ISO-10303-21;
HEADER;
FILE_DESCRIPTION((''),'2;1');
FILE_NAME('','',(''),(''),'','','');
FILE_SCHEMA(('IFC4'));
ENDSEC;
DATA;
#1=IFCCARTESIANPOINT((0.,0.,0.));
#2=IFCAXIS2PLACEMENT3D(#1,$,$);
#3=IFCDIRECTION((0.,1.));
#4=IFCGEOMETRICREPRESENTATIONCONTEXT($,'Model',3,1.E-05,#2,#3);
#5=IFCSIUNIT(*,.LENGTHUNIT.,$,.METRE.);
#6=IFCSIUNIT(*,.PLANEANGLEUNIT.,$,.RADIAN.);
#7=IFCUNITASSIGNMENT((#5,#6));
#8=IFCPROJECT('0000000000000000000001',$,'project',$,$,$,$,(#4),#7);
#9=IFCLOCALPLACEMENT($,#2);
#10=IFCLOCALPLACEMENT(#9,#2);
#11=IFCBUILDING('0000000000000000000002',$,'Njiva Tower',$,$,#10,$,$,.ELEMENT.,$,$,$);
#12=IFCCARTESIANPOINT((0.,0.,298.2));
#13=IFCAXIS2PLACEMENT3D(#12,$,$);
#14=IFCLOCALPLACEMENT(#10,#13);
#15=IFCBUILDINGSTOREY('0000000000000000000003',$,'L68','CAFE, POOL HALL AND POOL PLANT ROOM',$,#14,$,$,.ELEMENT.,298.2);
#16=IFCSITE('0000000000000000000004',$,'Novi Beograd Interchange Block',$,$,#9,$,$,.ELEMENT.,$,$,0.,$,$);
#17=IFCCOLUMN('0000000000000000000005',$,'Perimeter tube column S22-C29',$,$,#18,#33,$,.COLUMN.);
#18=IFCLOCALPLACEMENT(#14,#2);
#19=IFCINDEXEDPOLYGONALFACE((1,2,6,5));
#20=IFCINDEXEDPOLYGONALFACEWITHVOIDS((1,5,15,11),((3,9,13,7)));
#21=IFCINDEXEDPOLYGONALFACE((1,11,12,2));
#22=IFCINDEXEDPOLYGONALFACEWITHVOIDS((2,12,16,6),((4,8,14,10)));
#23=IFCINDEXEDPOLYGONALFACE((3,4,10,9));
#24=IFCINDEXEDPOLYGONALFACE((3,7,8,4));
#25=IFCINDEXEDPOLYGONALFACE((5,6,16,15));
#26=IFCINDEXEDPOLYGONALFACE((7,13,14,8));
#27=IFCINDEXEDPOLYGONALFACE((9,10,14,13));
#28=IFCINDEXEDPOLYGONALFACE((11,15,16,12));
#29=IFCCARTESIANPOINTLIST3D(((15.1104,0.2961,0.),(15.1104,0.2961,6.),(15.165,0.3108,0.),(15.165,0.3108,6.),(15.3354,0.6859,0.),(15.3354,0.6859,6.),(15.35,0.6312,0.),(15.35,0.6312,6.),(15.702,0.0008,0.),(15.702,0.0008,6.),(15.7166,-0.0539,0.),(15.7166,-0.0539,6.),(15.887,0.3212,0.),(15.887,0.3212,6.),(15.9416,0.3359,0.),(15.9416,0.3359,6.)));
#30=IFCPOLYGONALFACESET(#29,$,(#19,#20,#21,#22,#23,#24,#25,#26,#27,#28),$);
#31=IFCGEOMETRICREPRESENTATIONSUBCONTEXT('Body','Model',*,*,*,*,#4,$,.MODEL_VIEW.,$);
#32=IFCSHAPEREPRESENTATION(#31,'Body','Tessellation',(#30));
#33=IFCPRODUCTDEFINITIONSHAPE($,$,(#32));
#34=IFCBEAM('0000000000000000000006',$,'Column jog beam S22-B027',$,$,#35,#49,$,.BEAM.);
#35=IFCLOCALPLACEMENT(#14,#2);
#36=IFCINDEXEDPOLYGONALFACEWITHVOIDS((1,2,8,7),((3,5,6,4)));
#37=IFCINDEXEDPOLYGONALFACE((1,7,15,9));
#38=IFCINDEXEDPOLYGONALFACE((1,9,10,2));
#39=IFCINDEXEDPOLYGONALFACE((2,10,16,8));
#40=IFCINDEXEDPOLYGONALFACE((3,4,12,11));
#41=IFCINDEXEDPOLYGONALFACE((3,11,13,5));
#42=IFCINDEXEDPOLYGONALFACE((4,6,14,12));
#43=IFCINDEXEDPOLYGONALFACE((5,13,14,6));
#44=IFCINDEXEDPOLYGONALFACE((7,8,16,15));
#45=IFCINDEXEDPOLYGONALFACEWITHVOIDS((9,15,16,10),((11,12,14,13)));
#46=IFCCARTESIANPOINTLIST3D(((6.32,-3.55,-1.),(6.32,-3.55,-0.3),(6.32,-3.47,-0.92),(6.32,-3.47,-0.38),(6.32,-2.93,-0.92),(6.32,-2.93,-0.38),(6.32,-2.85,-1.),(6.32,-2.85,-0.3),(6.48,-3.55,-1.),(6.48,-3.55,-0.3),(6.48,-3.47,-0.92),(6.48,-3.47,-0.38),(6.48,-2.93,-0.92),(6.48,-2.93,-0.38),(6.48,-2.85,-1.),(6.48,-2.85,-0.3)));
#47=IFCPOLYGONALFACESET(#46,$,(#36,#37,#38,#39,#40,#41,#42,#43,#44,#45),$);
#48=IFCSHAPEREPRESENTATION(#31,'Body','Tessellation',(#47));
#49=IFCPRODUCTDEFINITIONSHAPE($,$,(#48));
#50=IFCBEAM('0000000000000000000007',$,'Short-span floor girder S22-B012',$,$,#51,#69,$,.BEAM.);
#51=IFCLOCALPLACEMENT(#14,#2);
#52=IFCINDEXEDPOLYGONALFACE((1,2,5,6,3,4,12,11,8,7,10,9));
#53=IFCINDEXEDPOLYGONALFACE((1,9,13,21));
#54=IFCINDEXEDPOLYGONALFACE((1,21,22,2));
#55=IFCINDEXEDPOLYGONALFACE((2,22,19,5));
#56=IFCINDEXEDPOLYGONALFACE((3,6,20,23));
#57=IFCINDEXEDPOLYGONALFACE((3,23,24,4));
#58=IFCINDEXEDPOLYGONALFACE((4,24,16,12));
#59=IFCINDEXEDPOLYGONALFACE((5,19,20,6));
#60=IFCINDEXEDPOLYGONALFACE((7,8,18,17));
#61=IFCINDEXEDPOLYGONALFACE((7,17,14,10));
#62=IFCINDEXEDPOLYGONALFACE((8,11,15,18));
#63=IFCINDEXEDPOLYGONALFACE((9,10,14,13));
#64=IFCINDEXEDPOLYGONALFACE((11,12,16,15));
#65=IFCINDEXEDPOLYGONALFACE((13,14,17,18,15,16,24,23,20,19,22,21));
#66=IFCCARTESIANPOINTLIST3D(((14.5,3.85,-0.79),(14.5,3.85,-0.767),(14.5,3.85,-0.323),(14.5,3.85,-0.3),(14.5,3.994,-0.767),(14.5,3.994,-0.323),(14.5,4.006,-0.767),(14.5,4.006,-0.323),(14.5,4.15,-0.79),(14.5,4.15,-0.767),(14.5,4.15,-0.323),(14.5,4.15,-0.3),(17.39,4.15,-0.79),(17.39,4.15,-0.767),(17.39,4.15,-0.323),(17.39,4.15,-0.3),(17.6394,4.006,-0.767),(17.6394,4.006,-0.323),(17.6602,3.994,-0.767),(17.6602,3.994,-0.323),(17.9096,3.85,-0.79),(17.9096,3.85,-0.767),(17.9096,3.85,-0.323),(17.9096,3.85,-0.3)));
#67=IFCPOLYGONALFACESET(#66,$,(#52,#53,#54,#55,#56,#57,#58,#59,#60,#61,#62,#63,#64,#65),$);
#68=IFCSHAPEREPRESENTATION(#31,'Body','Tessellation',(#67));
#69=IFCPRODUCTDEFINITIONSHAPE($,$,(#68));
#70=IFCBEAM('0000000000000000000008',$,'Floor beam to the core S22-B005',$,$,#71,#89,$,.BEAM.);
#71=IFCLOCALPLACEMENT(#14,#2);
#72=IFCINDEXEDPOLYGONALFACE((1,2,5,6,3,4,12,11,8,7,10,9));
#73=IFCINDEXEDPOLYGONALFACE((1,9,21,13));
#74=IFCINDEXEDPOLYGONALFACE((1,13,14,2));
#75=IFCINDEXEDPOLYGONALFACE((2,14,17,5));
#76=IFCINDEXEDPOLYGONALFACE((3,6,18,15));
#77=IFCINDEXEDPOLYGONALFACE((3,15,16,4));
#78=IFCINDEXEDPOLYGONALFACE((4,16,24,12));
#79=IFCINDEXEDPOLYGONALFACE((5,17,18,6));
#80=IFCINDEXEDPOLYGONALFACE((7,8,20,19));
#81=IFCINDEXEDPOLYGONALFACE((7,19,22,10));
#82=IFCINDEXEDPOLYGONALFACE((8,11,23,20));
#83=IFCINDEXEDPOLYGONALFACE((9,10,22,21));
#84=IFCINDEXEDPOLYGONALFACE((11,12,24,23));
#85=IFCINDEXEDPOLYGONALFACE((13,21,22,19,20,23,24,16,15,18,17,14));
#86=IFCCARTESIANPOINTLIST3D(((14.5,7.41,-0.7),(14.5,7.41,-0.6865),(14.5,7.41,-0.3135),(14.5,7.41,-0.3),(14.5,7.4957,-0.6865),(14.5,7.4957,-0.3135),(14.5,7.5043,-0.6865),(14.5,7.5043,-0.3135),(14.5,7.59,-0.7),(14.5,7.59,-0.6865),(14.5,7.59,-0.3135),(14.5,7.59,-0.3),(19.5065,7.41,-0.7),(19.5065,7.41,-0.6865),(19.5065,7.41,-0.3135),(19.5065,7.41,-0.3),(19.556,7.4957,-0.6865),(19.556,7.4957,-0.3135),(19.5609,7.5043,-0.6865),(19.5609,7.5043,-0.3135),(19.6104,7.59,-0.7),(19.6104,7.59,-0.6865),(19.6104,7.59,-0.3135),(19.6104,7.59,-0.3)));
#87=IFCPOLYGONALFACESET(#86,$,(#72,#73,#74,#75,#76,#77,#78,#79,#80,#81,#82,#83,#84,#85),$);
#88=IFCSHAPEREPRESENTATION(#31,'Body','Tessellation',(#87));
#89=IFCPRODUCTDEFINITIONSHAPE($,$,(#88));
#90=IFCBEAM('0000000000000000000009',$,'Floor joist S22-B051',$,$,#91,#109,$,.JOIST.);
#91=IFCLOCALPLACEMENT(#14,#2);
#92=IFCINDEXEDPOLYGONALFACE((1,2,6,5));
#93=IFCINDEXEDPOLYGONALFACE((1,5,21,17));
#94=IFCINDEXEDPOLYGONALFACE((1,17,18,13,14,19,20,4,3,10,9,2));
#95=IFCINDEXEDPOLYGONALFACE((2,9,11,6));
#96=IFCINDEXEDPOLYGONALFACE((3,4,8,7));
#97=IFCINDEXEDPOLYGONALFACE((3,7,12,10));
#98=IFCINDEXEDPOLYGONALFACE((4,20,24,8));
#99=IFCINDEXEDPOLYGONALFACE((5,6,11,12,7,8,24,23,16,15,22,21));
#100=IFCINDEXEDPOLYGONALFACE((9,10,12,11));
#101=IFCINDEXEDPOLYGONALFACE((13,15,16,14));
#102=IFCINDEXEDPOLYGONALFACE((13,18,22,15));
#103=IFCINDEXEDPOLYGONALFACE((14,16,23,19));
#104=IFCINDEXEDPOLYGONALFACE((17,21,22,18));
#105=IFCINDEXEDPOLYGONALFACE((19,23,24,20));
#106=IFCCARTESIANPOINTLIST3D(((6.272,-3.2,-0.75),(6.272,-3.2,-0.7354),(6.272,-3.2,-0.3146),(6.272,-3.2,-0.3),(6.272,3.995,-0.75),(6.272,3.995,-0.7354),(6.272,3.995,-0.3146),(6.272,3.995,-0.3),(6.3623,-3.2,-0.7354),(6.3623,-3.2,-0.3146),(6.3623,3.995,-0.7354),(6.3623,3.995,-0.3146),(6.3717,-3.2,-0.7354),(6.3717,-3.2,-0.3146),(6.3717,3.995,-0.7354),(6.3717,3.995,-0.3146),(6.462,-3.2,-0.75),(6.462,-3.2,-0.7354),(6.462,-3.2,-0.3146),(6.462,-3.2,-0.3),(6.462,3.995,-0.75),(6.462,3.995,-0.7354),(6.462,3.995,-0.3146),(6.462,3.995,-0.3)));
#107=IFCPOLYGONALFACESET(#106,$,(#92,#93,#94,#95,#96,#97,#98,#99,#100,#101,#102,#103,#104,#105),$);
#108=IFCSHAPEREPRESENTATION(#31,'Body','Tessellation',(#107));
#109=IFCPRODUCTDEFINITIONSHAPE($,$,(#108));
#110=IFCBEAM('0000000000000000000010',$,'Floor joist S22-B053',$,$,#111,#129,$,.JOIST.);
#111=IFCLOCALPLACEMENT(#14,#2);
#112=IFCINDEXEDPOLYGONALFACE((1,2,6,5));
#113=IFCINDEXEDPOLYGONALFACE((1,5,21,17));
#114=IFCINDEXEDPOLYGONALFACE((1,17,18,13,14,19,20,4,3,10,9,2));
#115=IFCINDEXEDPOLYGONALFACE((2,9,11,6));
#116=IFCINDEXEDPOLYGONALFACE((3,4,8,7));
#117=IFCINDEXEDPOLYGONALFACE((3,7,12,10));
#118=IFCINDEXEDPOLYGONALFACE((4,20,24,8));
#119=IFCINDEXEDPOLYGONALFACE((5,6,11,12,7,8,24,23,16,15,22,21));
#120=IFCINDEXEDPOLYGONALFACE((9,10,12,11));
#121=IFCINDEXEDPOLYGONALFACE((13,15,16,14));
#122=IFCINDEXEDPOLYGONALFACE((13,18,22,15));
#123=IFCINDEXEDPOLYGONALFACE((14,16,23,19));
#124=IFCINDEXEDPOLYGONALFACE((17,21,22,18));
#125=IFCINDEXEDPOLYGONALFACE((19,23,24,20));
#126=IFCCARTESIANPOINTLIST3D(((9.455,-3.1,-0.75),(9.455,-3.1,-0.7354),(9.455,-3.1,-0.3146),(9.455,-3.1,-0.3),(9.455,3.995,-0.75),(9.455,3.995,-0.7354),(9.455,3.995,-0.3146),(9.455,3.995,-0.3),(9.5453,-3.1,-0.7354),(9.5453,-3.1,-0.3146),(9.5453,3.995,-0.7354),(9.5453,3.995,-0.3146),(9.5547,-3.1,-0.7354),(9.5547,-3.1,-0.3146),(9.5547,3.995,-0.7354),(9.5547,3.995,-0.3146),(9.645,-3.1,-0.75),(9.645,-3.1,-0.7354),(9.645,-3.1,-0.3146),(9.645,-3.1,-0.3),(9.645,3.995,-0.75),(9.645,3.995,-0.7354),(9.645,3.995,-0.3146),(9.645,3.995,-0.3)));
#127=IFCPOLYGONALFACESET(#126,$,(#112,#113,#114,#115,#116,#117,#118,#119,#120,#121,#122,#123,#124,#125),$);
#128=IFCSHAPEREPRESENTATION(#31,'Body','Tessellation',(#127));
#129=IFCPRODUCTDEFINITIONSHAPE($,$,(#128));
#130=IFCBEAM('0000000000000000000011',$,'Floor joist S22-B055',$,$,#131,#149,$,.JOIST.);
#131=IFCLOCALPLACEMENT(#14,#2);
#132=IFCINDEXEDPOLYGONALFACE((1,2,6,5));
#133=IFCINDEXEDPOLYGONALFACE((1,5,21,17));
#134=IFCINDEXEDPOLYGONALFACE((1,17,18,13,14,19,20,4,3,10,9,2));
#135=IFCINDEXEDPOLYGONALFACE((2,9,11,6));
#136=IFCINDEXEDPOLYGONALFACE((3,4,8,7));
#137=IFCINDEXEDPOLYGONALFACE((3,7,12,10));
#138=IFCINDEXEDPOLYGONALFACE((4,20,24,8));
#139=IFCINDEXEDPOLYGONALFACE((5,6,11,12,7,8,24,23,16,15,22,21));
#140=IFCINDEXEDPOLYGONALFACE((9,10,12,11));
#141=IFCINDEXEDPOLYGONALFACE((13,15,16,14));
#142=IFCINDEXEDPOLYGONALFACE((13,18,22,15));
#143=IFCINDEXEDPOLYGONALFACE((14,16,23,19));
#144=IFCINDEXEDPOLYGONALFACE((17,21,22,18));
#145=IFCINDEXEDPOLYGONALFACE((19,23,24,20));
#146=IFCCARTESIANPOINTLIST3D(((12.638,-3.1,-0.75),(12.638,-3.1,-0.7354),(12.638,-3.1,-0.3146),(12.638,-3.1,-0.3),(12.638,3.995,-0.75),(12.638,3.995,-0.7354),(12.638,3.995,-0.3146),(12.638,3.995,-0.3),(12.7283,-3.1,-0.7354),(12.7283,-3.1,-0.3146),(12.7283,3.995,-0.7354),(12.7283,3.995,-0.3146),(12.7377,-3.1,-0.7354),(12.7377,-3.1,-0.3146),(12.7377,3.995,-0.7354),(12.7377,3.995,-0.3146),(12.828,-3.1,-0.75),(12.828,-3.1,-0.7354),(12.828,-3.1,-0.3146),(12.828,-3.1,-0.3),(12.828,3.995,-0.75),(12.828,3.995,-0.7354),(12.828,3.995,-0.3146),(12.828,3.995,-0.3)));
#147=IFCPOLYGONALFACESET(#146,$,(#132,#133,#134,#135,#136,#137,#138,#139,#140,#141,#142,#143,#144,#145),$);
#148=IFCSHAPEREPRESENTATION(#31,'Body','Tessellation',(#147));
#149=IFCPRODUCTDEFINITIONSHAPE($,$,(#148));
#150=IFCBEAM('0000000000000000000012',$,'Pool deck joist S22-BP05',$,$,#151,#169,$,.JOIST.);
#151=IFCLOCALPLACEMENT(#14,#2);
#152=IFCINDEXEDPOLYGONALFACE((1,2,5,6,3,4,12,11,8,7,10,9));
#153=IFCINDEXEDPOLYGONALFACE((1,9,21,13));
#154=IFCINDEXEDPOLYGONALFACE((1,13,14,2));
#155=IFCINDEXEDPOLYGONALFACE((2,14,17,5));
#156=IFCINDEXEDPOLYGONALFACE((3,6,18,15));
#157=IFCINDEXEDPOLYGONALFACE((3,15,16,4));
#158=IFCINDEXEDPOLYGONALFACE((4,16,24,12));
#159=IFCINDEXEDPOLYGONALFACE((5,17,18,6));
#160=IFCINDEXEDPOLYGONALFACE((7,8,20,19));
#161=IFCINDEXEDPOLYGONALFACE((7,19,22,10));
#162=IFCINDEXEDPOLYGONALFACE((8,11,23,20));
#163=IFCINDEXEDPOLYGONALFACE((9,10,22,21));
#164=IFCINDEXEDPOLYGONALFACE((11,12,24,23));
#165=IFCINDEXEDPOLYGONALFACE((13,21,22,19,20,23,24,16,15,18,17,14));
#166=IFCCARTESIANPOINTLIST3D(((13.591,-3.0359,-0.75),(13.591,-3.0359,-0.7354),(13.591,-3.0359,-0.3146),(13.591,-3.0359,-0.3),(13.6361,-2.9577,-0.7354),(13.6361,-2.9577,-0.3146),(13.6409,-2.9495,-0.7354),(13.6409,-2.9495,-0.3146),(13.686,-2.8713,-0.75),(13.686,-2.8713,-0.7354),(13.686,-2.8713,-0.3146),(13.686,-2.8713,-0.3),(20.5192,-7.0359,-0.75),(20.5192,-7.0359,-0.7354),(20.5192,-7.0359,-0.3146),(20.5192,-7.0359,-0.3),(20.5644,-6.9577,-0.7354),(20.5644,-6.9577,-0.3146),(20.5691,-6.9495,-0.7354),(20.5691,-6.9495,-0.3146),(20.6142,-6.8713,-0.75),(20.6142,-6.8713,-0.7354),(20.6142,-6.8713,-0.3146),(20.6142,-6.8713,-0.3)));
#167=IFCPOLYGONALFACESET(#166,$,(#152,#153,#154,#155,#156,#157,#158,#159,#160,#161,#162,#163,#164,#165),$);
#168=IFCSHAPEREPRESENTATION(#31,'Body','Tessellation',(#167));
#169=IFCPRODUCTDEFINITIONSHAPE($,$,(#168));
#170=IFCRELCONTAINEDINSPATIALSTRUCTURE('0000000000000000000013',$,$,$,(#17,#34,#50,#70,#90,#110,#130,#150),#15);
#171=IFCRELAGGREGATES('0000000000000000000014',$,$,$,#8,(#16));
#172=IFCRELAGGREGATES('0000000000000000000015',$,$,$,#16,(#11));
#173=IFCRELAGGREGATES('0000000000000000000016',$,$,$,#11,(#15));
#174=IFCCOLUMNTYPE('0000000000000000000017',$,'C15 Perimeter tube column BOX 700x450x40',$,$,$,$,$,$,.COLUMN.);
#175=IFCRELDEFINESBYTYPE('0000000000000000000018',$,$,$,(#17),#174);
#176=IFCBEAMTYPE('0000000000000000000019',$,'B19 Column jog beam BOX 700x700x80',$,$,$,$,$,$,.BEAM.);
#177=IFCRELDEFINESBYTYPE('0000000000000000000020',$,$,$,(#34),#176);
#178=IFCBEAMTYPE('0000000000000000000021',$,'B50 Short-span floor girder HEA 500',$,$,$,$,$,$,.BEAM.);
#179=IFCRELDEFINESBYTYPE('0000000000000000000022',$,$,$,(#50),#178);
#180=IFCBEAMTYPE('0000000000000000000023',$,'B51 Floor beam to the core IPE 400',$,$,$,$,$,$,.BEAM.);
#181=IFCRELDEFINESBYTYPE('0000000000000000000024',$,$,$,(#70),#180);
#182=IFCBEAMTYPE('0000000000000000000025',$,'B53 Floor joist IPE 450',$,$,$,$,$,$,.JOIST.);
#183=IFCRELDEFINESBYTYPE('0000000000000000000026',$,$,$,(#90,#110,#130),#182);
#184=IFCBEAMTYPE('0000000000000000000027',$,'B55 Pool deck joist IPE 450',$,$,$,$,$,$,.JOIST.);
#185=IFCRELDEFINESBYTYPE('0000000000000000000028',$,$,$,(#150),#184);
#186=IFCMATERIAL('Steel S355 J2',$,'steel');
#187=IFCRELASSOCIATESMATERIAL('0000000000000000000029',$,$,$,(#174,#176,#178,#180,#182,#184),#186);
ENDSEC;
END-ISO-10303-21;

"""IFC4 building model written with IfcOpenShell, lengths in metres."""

from ifc_helpers import new_model, si_unit, direction, frame, origin, origin_2d, place, context, subcontext, project, spatial, hollow_rectangle, i_section, extrude, clip, halfspace, material, material_profile, profile_set, type_object, element, save


model = new_model("IFC4")

# Units and contexts
model_context = context("Model", 3, precision=1e-05, world=origin(), true_north=direction((0.0, 1.0)))
body_context = subcontext(model_context, "Body", "Model", "MODEL_VIEW")
ifc_project = project(units=[si_unit("LENGTHUNIT", "METRE"), si_unit("PLANEANGLEUNIT", "RADIAN")], contexts=[model_context])

# Site, building, storey
site_placement = place(None, origin())
site = spatial("IfcSite", under=ifc_project, at=site_placement, Name="Novi Beograd Interchange Block", CompositionType="ELEMENT", RefElevation=0.0)
building_placement = place(site_placement, origin())
building = spatial("IfcBuilding", under=site, at=building_placement, Name="Njiva Tower", CompositionType="ELEMENT")
storey_placement = place(building_placement, frame((0.0, 0.0, 298.2)))
storey = spatial("IfcBuildingStorey", under=building, at=storey_placement, Name="L68", Description="CAFE, POOL HALL AND POOL PLANT ROOM", CompositionType="ELEMENT", Elevation=298.2)

# Column
ifc_material_1 = material(Name="Steel S355 J2", Category="steel")
ifc_material_profile_1 = material_profile(ifc_material_1, hollow_rectangle(XDim=0.45, YDim=0.7, WallThickness=0.04, at=origin_2d()), Name="BOX 700x450x40")
ifc_profile_set_1 = profile_set([ifc_material_profile_1], Name="Steel S355 J2")
column_type = type_object("IfcColumnType", Name="C15 Perimeter tube column BOX 700x450x40", PredefinedType="COLUMN", material=ifc_profile_set_1)
column_placement = place(storey_placement, frame((15.526, 0.316, 0.0), z_axis=(0.0, 0.0, 1.0), x_axis=(0.5, 0.866025, 0.0)))
element("IfcColumn", 1, at=column_placement, inside=storey, type_object=column_type, Name="Perimeter tube column S22-C29", PredefinedType="COLUMN", context=body_context, shape_type="SweptSolid", body=[
    extrude(hollow_rectangle(XDim=0.45, YDim=0.7, WallThickness=0.04, at=origin_2d()), origin(), (0.0, 0.0, 1.0), 6.0),
])

# Beams
ifc_material_profile_2 = material_profile(ifc_material_1, hollow_rectangle(XDim=0.7, YDim=0.7, WallThickness=0.08, at=origin_2d()), Name="BOX 700x700x80")
ifc_profile_set_2 = profile_set([ifc_material_profile_2], Name="Steel S355 J2")
beam_type_1 = type_object("IfcBeamType", Name="B19 Column jog beam BOX 700x700x80", PredefinedType="BEAM", material=ifc_profile_set_2)
beam_1_placement = place(storey_placement, frame((6.48, -3.2, -0.65), z_axis=(-1.0, 0.0, 0.0), x_axis=(0.0, -1.0, 0.0)))
element("IfcBeam", 2, at=beam_1_placement, inside=storey, type_object=beam_type_1, Name="Column jog beam S22-B027", PredefinedType="BEAM", context=body_context, shape_type="SweptSolid", body=[
    extrude(hollow_rectangle(XDim=0.7, YDim=0.7, WallThickness=0.08, at=origin_2d()), origin(), (0.0, 0.0, 1.0), 0.16),
])
ifc_material_profile_3 = material_profile(ifc_material_1, i_section(OverallWidth=0.3, OverallDepth=0.49, WebThickness=0.012, FlangeThickness=0.023, at=origin_2d()), Name="HEA 500")
ifc_profile_set_3 = profile_set([ifc_material_profile_3], Name="Steel S355 J2")
beam_type_2 = type_object("IfcBeamType", Name="B50 Short-span floor girder HEA 500", PredefinedType="BEAM", material=ifc_profile_set_3)
beam_2_placement = place(storey_placement, frame((14.5, 4.0, -0.545), z_axis=(1.0, 0.0, 0.0), x_axis=(0.0, 1.0, 0.0)))
element("IfcBeam", 3, at=beam_2_placement, inside=storey, type_object=beam_type_2, Name="Short-span floor girder S22-B012", PredefinedType="BEAM", context=body_context, shape_type="Clipping", body=[
    clip(extrude(i_section(OverallWidth=0.3, OverallDepth=0.49, WebThickness=0.012, FlangeThickness=0.023, at=origin_2d()), origin(), (0.0, 0.0, 1.0), 3.43), halfspace(frame((0.0433, 0.0, 3.0748), z_axis=(0.866027, 0.0, 0.499998), x_axis=(0.0, 1.0, 0.0)), False)),
])
ifc_material_profile_4 = material_profile(ifc_material_1, i_section(OverallWidth=0.18, OverallDepth=0.4, WebThickness=0.0086, FlangeThickness=0.0135, at=origin_2d()), Name="IPE 400")
ifc_profile_set_4 = profile_set([ifc_material_profile_4], Name="Steel S355 J2")
beam_type_3 = type_object("IfcBeamType", Name="B51 Floor beam to the core IPE 400", PredefinedType="BEAM", material=ifc_profile_set_4)
beam_3_placement = place(storey_placement, frame((14.5, 7.5, -0.5), z_axis=(1.0, 0.0, 0.0), x_axis=(0.0, 1.0, 0.0)))
element("IfcBeam", 4, at=beam_3_placement, inside=storey, type_object=beam_type_3, Name="Floor beam to the core S22-B005", PredefinedType="BEAM", context=body_context, shape_type="Clipping", body=[
    clip(extrude(i_section(OverallWidth=0.18, OverallDepth=0.4, WebThickness=0.0086, FlangeThickness=0.0135, at=origin_2d()), origin(), (0.0, 0.0, 1.0), 5.13), halfspace(frame((-0.025, 0.0, 5.044), z_axis=(-0.499998, 0.0, 0.866027), x_axis=(0.0, 1.0, 0.0)), False)),
])
ifc_material_profile_5 = material_profile(ifc_material_1, i_section(OverallWidth=0.19, OverallDepth=0.45, WebThickness=0.0094, FlangeThickness=0.0146, at=origin_2d()), Name="IPE 450")
ifc_profile_set_5 = profile_set([ifc_material_profile_5], Name="Steel S355 J2")
beam_type_4 = type_object("IfcBeamType", Name="B53 Floor joist IPE 450", PredefinedType="JOIST", material=ifc_profile_set_5)
beam_4_placement = place(storey_placement, frame((6.367, 3.995, -0.525), z_axis=(0.0, -1.0, 0.0), x_axis=(1.0, 0.0, 0.0)))
element("IfcBeam", 5, at=beam_4_placement, inside=storey, type_object=beam_type_4, Name="Floor joist S22-B051", PredefinedType="JOIST", context=body_context, shape_type="SweptSolid", body=[
    extrude(i_section(OverallWidth=0.19, OverallDepth=0.45, WebThickness=0.0094, FlangeThickness=0.0146, at=origin_2d()), origin(), (0.0, 0.0, 1.0), 7.195),
])
for number, where, z_axis, x_axis, name in (
    (6, (9.55, 3.995, -0.525), (0.0, -1.0, 0.0), (1.0, 0.0, 0.0), "Floor joist S22-B053"),
    (7, (12.733, 3.995, -0.525), (0.0, -1.0, 0.0), (1.0, 0.0, 0.0), "Floor joist S22-B055"),
):
    element("IfcBeam", number, at=place(storey_placement, frame(where, z_axis=z_axis, x_axis=x_axis)), inside=storey, type_object=beam_type_4, Name=name, PredefinedType="JOIST", context=body_context, shape_type="SweptSolid", body=[
        extrude(i_section(OverallWidth=0.19, OverallDepth=0.45, WebThickness=0.0094, FlangeThickness=0.0146, at=origin_2d()), origin(), (0.0, 0.0, 1.0), 7.095),
    ])
ifc_material_profile_6 = material_profile(ifc_material_1, i_section(OverallWidth=0.19, OverallDepth=0.45, WebThickness=0.0094, FlangeThickness=0.0146, at=origin_2d()), Name="IPE 450")
ifc_profile_set_6 = profile_set([ifc_material_profile_6], Name="Steel S355 J2")
beam_type_5 = type_object("IfcBeamType", Name="B55 Pool deck joist IPE 450", PredefinedType="JOIST", material=ifc_profile_set_6)
for number, where, z_axis, x_axis, name in (
    (8, (13.6385, -2.9536, -0.525), (0.866025, -0.5, 0.0), (0.5, 0.866025, 0.0), "Pool deck joist S22-BP05"),
):
    element("IfcBeam", number, at=place(storey_placement, frame(where, z_axis=z_axis, x_axis=x_axis)), inside=storey, type_object=beam_type_5, Name=name, PredefinedType="JOIST", context=body_context, shape_type="SweptSolid", body=[
        extrude(i_section(OverallWidth=0.19, OverallDepth=0.45, WebThickness=0.0094, FlangeThickness=0.0146, at=origin_2d()), origin(), (0.0, 0.0, 1.0), 8.0),
    ])

save(model, "model.ifc")
